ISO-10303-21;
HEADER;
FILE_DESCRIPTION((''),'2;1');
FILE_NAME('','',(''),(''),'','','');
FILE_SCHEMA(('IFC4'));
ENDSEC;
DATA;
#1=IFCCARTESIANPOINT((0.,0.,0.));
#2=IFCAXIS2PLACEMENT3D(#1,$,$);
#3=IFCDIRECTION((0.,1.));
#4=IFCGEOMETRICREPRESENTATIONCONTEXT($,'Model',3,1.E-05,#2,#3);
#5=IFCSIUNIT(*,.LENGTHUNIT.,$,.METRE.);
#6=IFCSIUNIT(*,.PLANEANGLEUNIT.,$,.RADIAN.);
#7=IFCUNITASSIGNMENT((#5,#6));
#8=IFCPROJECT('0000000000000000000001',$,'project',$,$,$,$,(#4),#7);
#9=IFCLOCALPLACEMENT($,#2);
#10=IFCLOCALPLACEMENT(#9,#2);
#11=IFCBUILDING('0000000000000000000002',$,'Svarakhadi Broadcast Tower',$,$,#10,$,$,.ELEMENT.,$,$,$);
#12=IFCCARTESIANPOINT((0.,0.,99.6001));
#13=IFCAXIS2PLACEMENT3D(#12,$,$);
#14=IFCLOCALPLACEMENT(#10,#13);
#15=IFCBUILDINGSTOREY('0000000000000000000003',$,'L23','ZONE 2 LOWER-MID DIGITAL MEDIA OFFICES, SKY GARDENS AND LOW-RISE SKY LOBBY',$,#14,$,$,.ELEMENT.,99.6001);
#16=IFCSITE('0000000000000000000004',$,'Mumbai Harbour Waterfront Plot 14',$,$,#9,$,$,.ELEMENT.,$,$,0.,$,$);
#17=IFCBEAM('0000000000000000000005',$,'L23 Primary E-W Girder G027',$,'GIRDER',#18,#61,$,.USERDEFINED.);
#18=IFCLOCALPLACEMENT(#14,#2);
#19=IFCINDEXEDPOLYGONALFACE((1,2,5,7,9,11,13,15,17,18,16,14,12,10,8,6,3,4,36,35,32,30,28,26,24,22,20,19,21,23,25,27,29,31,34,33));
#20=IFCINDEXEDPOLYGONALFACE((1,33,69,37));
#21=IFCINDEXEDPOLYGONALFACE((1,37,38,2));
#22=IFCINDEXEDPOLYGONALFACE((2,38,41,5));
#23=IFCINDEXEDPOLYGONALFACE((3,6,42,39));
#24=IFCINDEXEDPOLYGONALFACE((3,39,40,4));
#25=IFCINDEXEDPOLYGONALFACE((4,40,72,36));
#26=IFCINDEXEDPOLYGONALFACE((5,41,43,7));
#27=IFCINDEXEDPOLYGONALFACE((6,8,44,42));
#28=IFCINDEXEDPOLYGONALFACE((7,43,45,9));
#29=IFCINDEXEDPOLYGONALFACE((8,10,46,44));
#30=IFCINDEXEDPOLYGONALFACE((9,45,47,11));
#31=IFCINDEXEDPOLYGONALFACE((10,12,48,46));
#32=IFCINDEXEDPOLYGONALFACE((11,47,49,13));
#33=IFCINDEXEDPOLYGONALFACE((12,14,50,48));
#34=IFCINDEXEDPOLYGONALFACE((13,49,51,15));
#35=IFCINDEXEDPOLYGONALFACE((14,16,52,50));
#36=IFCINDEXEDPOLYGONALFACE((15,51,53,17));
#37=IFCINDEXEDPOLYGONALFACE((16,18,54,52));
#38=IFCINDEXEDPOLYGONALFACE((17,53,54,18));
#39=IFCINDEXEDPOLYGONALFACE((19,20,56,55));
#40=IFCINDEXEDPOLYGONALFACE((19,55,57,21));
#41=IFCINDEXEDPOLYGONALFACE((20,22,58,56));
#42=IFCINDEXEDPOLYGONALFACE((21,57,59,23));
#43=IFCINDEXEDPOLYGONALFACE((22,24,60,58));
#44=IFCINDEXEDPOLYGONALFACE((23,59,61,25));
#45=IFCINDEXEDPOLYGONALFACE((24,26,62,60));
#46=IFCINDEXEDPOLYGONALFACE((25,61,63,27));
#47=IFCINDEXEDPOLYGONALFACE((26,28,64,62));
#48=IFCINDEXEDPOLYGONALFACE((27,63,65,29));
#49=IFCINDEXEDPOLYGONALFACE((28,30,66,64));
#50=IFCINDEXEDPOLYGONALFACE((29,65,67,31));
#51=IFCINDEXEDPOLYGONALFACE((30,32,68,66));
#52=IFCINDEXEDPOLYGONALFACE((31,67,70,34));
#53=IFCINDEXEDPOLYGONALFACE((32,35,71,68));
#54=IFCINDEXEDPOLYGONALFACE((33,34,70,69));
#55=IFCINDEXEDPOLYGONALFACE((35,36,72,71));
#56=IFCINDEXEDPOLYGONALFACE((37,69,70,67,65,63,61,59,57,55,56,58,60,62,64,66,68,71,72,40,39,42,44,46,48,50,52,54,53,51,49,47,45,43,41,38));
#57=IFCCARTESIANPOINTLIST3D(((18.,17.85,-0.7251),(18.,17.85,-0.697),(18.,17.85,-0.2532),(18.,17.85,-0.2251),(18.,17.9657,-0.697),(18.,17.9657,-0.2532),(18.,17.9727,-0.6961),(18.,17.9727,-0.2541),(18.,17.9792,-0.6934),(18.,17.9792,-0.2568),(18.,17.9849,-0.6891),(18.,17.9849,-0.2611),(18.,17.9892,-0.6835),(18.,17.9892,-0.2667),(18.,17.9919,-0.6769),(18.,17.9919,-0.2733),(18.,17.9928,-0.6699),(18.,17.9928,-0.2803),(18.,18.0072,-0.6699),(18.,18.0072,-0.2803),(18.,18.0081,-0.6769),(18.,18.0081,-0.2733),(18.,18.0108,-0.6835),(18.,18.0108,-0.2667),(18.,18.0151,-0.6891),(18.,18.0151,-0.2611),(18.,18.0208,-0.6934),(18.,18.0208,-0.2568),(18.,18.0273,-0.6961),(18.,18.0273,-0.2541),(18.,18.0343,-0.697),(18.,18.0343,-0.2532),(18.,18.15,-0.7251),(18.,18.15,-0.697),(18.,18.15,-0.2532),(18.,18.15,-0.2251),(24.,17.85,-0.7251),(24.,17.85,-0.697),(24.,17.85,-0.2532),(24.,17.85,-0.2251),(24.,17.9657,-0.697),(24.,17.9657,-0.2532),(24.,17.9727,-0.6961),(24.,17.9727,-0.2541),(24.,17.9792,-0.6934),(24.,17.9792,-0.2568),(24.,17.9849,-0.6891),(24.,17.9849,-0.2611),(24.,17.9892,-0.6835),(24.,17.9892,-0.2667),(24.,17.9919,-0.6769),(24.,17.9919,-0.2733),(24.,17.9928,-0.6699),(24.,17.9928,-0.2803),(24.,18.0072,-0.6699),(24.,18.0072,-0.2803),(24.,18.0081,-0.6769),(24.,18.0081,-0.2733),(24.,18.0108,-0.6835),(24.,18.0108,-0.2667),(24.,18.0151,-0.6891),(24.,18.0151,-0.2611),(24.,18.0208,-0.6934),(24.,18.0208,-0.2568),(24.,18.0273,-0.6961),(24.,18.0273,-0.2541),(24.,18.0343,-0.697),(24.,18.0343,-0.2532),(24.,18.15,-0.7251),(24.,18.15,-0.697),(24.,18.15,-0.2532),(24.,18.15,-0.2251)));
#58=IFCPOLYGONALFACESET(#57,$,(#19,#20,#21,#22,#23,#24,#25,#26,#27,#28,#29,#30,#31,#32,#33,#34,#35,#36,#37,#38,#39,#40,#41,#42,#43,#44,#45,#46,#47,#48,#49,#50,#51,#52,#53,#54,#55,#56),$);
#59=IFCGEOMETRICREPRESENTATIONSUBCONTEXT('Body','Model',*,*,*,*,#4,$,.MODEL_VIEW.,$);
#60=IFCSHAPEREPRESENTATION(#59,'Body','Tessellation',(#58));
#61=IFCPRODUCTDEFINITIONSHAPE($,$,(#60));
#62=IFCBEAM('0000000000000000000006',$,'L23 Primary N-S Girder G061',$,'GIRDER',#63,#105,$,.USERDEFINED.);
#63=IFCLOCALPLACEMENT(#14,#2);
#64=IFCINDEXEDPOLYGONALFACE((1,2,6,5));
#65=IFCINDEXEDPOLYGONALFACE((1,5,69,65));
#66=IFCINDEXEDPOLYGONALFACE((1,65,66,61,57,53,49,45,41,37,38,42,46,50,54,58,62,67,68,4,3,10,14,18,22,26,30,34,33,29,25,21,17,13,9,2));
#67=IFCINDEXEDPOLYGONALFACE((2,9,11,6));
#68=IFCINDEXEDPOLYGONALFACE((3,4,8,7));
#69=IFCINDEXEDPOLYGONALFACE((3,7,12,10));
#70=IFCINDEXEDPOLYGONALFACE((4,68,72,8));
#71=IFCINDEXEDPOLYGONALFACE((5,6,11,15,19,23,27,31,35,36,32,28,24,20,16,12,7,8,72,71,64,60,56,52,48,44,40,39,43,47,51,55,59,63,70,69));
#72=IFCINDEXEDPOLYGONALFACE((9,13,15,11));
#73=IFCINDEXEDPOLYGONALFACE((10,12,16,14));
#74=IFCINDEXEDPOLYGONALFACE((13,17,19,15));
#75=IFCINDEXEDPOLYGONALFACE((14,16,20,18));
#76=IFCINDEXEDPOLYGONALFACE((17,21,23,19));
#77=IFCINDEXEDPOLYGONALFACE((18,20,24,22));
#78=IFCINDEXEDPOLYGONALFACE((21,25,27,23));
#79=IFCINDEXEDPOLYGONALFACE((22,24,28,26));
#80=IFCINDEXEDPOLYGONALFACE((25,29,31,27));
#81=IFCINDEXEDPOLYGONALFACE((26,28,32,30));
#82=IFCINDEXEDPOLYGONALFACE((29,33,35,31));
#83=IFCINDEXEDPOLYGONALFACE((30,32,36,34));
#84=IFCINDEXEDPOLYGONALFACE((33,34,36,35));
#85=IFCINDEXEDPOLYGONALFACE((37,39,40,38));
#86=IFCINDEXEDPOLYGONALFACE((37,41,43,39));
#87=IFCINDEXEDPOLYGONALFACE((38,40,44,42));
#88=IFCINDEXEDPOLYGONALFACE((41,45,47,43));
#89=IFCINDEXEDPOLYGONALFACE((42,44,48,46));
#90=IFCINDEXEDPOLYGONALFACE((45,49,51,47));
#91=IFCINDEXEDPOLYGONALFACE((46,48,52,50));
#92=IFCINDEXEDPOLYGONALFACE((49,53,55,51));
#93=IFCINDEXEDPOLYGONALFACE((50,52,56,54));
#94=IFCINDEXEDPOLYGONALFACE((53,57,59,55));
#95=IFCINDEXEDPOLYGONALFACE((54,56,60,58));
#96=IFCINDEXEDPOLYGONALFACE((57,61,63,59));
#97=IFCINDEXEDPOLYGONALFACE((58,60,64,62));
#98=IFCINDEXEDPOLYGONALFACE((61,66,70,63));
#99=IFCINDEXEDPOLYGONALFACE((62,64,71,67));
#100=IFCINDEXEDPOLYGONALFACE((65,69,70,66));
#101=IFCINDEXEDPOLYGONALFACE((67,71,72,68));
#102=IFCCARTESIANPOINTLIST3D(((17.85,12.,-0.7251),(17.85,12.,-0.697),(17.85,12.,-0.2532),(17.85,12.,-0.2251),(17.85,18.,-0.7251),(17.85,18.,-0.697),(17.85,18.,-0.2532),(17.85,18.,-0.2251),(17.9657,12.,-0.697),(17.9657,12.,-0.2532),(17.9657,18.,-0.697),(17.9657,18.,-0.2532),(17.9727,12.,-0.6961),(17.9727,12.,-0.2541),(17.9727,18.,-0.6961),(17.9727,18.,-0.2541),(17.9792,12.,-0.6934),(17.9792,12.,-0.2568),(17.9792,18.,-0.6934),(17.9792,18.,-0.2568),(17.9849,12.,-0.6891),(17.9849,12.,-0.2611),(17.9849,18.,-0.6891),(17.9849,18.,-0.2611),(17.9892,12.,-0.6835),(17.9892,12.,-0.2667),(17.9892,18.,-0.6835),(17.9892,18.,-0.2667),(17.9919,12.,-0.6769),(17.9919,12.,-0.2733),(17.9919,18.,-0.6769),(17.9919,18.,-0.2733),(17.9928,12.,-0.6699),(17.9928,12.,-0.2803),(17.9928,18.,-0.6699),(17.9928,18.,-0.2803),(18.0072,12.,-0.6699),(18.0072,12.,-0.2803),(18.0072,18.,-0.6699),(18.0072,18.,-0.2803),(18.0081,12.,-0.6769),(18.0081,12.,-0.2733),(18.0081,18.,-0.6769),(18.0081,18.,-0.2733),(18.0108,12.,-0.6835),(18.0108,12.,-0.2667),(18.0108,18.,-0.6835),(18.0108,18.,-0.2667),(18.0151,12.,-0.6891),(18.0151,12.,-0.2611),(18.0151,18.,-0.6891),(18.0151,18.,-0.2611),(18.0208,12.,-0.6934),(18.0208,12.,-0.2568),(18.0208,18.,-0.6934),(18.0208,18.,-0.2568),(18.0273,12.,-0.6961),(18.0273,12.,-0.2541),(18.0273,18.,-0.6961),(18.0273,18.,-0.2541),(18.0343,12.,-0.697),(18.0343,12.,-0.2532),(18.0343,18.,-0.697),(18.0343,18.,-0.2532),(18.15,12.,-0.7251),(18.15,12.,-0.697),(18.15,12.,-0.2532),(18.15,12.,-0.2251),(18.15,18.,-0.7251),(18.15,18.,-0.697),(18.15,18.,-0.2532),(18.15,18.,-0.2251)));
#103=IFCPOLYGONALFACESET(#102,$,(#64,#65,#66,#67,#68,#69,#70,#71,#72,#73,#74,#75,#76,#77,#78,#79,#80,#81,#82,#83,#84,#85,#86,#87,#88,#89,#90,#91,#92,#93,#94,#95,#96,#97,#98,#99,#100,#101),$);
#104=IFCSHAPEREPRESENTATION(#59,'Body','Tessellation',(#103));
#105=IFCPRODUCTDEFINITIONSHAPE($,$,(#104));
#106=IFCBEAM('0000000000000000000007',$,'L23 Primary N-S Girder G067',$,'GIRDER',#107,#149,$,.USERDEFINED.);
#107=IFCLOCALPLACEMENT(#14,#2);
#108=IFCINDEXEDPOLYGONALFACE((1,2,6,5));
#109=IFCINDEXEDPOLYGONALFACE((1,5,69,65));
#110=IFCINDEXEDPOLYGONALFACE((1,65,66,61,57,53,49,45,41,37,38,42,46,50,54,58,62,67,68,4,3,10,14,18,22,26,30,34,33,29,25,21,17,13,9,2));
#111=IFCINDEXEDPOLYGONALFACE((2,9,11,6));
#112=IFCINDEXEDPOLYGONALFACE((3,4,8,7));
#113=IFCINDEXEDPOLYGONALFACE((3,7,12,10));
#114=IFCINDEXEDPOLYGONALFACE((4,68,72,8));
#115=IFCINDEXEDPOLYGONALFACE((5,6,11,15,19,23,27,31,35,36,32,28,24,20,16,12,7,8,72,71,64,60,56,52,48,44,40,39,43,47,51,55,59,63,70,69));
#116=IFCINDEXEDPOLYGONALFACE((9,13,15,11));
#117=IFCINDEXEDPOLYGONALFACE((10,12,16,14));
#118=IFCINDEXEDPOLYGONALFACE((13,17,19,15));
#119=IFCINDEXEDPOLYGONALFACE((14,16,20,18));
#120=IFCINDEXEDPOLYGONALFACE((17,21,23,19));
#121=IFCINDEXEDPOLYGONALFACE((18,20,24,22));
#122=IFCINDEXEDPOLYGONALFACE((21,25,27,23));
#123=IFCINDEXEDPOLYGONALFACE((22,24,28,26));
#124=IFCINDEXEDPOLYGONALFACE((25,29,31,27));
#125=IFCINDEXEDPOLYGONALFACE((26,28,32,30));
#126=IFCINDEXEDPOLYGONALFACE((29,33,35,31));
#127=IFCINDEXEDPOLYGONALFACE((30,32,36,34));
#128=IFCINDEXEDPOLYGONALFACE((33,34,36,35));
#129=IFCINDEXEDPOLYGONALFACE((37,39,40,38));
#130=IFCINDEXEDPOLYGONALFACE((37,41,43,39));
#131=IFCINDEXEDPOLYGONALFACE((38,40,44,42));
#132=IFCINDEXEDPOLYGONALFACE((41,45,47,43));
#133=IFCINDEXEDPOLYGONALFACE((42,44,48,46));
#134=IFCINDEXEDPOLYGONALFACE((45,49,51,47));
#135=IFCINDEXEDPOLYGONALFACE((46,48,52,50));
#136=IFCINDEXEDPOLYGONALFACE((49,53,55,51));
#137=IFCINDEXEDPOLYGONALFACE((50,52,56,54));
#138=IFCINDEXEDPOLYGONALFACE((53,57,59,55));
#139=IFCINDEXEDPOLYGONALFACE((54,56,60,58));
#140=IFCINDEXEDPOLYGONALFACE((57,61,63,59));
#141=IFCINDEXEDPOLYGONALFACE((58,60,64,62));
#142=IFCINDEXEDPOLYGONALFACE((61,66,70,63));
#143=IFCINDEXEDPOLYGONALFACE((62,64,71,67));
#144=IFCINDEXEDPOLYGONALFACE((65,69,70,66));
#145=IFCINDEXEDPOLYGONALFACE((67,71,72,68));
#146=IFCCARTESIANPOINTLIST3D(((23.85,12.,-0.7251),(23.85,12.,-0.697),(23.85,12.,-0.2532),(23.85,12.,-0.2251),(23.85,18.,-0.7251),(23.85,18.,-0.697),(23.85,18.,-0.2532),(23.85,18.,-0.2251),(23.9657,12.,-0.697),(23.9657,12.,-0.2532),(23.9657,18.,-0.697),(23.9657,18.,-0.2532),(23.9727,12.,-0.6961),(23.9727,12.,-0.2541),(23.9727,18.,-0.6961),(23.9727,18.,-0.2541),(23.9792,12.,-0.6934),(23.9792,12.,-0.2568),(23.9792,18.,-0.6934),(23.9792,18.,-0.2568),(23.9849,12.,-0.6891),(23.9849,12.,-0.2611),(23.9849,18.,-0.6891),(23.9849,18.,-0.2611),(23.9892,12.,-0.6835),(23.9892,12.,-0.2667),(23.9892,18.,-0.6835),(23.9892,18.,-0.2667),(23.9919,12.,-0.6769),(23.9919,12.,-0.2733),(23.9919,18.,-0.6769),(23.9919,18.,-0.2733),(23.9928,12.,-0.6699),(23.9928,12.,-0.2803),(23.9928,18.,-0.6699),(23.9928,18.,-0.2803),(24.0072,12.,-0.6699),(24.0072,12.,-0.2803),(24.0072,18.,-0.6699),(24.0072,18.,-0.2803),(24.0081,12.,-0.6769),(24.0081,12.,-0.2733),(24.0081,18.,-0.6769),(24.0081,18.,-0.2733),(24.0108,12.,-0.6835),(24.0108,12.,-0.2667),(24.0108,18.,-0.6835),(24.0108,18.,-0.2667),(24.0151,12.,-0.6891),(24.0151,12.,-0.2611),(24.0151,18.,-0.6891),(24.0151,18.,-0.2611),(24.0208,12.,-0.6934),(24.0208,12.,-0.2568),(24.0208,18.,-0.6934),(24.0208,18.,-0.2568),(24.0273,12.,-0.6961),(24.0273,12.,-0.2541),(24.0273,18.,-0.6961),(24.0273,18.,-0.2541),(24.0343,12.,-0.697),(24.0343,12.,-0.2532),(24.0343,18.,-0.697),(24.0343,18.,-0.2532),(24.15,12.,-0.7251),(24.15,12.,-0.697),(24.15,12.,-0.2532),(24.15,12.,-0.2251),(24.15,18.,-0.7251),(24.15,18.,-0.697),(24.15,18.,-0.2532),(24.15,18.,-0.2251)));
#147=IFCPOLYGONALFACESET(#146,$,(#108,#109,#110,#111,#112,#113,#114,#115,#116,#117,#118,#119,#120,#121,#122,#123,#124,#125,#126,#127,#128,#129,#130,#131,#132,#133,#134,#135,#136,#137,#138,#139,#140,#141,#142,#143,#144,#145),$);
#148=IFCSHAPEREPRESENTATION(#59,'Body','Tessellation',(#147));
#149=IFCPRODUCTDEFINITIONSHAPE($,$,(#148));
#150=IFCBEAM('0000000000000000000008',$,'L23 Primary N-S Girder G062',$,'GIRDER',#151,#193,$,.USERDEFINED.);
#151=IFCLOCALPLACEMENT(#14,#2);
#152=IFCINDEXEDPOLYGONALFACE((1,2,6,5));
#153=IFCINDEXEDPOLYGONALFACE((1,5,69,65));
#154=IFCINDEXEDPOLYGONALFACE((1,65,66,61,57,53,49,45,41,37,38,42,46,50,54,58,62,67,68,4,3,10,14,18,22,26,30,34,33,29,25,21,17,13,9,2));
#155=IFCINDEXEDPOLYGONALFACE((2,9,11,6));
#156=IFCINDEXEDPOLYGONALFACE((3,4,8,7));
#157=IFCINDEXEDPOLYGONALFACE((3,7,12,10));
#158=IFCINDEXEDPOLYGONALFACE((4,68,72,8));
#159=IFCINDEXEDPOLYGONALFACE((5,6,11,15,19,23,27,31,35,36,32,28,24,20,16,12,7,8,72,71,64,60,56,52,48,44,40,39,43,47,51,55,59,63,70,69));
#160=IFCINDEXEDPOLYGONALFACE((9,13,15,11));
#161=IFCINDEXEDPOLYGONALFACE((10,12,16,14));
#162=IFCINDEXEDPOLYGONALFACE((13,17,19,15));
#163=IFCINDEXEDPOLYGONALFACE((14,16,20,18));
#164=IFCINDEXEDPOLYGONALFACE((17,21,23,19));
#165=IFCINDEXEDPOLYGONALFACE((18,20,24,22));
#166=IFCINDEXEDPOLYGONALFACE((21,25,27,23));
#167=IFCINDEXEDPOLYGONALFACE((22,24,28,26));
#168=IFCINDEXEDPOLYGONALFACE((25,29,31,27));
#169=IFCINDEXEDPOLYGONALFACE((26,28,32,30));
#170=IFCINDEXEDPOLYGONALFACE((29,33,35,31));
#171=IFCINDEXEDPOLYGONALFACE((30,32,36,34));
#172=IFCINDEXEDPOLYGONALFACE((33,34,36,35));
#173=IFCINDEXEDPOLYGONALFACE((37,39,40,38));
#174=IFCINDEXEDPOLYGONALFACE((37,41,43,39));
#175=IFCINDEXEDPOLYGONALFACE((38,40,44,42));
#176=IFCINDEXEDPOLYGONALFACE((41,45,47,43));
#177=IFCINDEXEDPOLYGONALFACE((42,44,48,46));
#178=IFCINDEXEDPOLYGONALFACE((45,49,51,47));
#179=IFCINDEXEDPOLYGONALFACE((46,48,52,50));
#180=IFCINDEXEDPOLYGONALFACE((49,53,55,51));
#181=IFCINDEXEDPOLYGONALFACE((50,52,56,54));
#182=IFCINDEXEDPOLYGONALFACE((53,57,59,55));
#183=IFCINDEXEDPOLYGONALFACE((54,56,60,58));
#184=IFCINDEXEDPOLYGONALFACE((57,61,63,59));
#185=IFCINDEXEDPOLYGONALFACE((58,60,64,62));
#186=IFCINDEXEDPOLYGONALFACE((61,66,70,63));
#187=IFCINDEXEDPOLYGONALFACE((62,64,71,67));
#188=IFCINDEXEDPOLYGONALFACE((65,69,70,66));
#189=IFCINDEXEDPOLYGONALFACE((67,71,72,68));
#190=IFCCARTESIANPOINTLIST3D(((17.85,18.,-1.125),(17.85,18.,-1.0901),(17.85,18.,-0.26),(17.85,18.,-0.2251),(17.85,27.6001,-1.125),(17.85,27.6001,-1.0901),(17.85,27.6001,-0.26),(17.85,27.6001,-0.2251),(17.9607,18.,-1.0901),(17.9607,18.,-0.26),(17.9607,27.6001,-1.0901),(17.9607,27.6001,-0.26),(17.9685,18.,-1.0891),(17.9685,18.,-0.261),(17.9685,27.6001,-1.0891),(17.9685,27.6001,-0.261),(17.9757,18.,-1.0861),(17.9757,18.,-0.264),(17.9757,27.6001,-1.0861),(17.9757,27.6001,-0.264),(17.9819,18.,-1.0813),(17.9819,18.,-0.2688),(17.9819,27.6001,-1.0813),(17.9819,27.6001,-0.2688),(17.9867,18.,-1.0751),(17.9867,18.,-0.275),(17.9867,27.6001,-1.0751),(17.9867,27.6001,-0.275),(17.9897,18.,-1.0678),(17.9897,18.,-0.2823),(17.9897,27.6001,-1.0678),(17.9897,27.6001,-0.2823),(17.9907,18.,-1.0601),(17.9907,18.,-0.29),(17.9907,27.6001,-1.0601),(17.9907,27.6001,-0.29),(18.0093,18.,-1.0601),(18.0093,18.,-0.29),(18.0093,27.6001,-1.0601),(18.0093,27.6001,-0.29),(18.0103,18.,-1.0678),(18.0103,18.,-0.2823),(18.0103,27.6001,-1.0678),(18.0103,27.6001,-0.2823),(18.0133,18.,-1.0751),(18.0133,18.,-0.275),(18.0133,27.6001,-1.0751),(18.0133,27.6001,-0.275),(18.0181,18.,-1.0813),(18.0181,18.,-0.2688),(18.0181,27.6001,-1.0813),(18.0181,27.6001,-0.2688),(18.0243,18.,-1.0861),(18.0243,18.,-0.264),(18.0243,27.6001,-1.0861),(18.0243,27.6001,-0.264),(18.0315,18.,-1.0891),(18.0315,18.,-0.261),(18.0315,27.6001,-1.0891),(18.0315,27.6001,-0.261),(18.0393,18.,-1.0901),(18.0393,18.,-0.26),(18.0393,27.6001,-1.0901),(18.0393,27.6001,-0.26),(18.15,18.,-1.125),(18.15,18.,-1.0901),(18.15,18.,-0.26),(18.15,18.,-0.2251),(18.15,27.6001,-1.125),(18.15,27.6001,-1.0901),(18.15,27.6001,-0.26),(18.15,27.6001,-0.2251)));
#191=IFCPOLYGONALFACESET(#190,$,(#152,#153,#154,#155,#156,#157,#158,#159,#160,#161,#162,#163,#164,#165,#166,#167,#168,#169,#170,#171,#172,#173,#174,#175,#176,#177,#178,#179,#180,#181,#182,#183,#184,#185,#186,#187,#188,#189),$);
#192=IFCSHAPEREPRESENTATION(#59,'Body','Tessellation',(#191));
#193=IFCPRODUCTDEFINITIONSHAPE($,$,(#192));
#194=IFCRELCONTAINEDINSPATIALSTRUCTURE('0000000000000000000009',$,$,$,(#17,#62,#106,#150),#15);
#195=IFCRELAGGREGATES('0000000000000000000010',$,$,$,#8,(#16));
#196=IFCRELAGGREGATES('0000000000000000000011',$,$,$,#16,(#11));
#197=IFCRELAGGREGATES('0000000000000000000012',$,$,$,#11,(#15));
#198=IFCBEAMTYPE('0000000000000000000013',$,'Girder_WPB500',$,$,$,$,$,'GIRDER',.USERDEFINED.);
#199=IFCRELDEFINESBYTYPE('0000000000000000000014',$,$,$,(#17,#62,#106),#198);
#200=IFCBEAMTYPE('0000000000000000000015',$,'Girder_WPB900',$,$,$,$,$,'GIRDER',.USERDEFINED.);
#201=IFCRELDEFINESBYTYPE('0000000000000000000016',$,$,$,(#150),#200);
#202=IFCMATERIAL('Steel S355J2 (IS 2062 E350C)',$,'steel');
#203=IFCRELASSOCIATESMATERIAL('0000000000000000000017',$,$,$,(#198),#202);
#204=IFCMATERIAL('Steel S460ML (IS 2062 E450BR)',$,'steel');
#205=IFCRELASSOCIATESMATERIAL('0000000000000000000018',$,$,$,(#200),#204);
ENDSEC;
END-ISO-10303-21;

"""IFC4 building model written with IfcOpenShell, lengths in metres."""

from ifc_helpers import new_model, si_unit, direction, frame, origin, origin_2d, place, context, subcontext, project, spatial, i_section, extrude, material, material_profile, profile_set, type_object, element, save


model = new_model("IFC4")

# Units and contexts
model_context = context("Model", 3, precision=1e-05, world=origin(), true_north=direction((0.0, 1.0)))
body_context = subcontext(model_context, "Body", "Model", "MODEL_VIEW")
ifc_project = project(units=[si_unit("LENGTHUNIT", "METRE"), si_unit("PLANEANGLEUNIT", "RADIAN")], contexts=[model_context])

# Site, building, storey
site_placement = place(None, origin())
site = spatial("IfcSite", under=ifc_project, at=site_placement, Name="Mumbai Harbour Waterfront Plot 14", CompositionType="ELEMENT", RefElevation=0.0)
building_placement = place(site_placement, origin())
building = spatial("IfcBuilding", under=site, at=building_placement, Name="Svarakhadi Broadcast Tower", CompositionType="ELEMENT")
storey_placement = place(building_placement, frame((0.0, 0.0, 99.6001)))
storey = spatial("IfcBuildingStorey", under=building, at=storey_placement, Name="L23", Description="ZONE 2 LOWER-MID DIGITAL MEDIA OFFICES, SKY GARDENS AND LOW-RISE SKY LOBBY", CompositionType="ELEMENT", Elevation=99.6001)

# Shared definitions
ifc_material_1 = material(Name="Steel S460ML (IS 2062 E450BR)", Category="steel")

# Beams
ifc_material_2 = material(Name="Steel S355J2 (IS 2062 E350C)", Category="steel")
ifc_material_profile_1 = material_profile(ifc_material_2, i_section(OverallWidth=0.3, OverallDepth=0.5, WebThickness=0.0144, FlangeThickness=0.0281, FilletRadius=0.0271, at=origin_2d()), Name="WPB 500x300x187")
ifc_profile_set_1 = profile_set([ifc_material_profile_1], Name="Steel S355J2 (IS 2062 E350C)")
beam_type_1 = type_object("IfcBeamType", Name="Girder_WPB500", ElementType="GIRDER", PredefinedType="USERDEFINED", material=ifc_profile_set_1)
for number, where, z_axis, x_axis, name in (
    (1, (18.0, 18.0, -0.4751), (1.0, 0.0, 0.0), (0.0, 1.0, 0.0), "L23 Primary E-W Girder G027"),
    (2, (18.0, 12.0, -0.4751), (0.0, 1.0, 0.0), (-1.0, 0.0, 0.0), "L23 Primary N-S Girder G061"),
    (3, (24.0, 12.0, -0.4751), (0.0, 1.0, 0.0), (-1.0, 0.0, 0.0), "L23 Primary N-S Girder G067"),
):
    element("IfcBeam", number, at=place(storey_placement, frame(where, z_axis=z_axis, x_axis=x_axis)), inside=storey, type_object=beam_type_1, Name=name, ObjectType="GIRDER", PredefinedType="USERDEFINED", context=body_context, shape_type="SweptSolid", body=[
        extrude(i_section(OverallWidth=0.3, OverallDepth=0.5, WebThickness=0.0144, FlangeThickness=0.0281, FilletRadius=0.0271, at=origin_2d()), origin(), (0.0, 0.0, 1.0), 6.0),
    ])
ifc_material_profile_2 = material_profile(ifc_material_1, i_section(OverallWidth=0.3, OverallDepth=0.8999, WebThickness=0.0186, FlangeThickness=0.0349, FilletRadius=0.03, at=origin_2d()), Name="WPB 900x300x291")
ifc_profile_set_2 = profile_set([ifc_material_profile_2], Name="Steel S460ML (IS 2062 E450BR)")
beam_type_2 = type_object("IfcBeamType", Name="Girder_WPB900", ElementType="GIRDER", PredefinedType="USERDEFINED", material=ifc_profile_set_2)
beam_1_placement = place(storey_placement, frame((18.0, 18.0, -0.675), z_axis=(0.0, 1.0, 0.0), x_axis=(-1.0, 0.0, 0.0)))
element("IfcBeam", 4, at=beam_1_placement, inside=storey, type_object=beam_type_2, Name="L23 Primary N-S Girder G062", ObjectType="GIRDER", PredefinedType="USERDEFINED", context=body_context, shape_type="SweptSolid", body=[
    extrude(i_section(OverallWidth=0.3, OverallDepth=0.8999, WebThickness=0.0186, FlangeThickness=0.0349, FilletRadius=0.03, at=origin_2d()), origin(), (0.0, 0.0, 1.0), 9.6001),
])

save(model, "model.ifc")
